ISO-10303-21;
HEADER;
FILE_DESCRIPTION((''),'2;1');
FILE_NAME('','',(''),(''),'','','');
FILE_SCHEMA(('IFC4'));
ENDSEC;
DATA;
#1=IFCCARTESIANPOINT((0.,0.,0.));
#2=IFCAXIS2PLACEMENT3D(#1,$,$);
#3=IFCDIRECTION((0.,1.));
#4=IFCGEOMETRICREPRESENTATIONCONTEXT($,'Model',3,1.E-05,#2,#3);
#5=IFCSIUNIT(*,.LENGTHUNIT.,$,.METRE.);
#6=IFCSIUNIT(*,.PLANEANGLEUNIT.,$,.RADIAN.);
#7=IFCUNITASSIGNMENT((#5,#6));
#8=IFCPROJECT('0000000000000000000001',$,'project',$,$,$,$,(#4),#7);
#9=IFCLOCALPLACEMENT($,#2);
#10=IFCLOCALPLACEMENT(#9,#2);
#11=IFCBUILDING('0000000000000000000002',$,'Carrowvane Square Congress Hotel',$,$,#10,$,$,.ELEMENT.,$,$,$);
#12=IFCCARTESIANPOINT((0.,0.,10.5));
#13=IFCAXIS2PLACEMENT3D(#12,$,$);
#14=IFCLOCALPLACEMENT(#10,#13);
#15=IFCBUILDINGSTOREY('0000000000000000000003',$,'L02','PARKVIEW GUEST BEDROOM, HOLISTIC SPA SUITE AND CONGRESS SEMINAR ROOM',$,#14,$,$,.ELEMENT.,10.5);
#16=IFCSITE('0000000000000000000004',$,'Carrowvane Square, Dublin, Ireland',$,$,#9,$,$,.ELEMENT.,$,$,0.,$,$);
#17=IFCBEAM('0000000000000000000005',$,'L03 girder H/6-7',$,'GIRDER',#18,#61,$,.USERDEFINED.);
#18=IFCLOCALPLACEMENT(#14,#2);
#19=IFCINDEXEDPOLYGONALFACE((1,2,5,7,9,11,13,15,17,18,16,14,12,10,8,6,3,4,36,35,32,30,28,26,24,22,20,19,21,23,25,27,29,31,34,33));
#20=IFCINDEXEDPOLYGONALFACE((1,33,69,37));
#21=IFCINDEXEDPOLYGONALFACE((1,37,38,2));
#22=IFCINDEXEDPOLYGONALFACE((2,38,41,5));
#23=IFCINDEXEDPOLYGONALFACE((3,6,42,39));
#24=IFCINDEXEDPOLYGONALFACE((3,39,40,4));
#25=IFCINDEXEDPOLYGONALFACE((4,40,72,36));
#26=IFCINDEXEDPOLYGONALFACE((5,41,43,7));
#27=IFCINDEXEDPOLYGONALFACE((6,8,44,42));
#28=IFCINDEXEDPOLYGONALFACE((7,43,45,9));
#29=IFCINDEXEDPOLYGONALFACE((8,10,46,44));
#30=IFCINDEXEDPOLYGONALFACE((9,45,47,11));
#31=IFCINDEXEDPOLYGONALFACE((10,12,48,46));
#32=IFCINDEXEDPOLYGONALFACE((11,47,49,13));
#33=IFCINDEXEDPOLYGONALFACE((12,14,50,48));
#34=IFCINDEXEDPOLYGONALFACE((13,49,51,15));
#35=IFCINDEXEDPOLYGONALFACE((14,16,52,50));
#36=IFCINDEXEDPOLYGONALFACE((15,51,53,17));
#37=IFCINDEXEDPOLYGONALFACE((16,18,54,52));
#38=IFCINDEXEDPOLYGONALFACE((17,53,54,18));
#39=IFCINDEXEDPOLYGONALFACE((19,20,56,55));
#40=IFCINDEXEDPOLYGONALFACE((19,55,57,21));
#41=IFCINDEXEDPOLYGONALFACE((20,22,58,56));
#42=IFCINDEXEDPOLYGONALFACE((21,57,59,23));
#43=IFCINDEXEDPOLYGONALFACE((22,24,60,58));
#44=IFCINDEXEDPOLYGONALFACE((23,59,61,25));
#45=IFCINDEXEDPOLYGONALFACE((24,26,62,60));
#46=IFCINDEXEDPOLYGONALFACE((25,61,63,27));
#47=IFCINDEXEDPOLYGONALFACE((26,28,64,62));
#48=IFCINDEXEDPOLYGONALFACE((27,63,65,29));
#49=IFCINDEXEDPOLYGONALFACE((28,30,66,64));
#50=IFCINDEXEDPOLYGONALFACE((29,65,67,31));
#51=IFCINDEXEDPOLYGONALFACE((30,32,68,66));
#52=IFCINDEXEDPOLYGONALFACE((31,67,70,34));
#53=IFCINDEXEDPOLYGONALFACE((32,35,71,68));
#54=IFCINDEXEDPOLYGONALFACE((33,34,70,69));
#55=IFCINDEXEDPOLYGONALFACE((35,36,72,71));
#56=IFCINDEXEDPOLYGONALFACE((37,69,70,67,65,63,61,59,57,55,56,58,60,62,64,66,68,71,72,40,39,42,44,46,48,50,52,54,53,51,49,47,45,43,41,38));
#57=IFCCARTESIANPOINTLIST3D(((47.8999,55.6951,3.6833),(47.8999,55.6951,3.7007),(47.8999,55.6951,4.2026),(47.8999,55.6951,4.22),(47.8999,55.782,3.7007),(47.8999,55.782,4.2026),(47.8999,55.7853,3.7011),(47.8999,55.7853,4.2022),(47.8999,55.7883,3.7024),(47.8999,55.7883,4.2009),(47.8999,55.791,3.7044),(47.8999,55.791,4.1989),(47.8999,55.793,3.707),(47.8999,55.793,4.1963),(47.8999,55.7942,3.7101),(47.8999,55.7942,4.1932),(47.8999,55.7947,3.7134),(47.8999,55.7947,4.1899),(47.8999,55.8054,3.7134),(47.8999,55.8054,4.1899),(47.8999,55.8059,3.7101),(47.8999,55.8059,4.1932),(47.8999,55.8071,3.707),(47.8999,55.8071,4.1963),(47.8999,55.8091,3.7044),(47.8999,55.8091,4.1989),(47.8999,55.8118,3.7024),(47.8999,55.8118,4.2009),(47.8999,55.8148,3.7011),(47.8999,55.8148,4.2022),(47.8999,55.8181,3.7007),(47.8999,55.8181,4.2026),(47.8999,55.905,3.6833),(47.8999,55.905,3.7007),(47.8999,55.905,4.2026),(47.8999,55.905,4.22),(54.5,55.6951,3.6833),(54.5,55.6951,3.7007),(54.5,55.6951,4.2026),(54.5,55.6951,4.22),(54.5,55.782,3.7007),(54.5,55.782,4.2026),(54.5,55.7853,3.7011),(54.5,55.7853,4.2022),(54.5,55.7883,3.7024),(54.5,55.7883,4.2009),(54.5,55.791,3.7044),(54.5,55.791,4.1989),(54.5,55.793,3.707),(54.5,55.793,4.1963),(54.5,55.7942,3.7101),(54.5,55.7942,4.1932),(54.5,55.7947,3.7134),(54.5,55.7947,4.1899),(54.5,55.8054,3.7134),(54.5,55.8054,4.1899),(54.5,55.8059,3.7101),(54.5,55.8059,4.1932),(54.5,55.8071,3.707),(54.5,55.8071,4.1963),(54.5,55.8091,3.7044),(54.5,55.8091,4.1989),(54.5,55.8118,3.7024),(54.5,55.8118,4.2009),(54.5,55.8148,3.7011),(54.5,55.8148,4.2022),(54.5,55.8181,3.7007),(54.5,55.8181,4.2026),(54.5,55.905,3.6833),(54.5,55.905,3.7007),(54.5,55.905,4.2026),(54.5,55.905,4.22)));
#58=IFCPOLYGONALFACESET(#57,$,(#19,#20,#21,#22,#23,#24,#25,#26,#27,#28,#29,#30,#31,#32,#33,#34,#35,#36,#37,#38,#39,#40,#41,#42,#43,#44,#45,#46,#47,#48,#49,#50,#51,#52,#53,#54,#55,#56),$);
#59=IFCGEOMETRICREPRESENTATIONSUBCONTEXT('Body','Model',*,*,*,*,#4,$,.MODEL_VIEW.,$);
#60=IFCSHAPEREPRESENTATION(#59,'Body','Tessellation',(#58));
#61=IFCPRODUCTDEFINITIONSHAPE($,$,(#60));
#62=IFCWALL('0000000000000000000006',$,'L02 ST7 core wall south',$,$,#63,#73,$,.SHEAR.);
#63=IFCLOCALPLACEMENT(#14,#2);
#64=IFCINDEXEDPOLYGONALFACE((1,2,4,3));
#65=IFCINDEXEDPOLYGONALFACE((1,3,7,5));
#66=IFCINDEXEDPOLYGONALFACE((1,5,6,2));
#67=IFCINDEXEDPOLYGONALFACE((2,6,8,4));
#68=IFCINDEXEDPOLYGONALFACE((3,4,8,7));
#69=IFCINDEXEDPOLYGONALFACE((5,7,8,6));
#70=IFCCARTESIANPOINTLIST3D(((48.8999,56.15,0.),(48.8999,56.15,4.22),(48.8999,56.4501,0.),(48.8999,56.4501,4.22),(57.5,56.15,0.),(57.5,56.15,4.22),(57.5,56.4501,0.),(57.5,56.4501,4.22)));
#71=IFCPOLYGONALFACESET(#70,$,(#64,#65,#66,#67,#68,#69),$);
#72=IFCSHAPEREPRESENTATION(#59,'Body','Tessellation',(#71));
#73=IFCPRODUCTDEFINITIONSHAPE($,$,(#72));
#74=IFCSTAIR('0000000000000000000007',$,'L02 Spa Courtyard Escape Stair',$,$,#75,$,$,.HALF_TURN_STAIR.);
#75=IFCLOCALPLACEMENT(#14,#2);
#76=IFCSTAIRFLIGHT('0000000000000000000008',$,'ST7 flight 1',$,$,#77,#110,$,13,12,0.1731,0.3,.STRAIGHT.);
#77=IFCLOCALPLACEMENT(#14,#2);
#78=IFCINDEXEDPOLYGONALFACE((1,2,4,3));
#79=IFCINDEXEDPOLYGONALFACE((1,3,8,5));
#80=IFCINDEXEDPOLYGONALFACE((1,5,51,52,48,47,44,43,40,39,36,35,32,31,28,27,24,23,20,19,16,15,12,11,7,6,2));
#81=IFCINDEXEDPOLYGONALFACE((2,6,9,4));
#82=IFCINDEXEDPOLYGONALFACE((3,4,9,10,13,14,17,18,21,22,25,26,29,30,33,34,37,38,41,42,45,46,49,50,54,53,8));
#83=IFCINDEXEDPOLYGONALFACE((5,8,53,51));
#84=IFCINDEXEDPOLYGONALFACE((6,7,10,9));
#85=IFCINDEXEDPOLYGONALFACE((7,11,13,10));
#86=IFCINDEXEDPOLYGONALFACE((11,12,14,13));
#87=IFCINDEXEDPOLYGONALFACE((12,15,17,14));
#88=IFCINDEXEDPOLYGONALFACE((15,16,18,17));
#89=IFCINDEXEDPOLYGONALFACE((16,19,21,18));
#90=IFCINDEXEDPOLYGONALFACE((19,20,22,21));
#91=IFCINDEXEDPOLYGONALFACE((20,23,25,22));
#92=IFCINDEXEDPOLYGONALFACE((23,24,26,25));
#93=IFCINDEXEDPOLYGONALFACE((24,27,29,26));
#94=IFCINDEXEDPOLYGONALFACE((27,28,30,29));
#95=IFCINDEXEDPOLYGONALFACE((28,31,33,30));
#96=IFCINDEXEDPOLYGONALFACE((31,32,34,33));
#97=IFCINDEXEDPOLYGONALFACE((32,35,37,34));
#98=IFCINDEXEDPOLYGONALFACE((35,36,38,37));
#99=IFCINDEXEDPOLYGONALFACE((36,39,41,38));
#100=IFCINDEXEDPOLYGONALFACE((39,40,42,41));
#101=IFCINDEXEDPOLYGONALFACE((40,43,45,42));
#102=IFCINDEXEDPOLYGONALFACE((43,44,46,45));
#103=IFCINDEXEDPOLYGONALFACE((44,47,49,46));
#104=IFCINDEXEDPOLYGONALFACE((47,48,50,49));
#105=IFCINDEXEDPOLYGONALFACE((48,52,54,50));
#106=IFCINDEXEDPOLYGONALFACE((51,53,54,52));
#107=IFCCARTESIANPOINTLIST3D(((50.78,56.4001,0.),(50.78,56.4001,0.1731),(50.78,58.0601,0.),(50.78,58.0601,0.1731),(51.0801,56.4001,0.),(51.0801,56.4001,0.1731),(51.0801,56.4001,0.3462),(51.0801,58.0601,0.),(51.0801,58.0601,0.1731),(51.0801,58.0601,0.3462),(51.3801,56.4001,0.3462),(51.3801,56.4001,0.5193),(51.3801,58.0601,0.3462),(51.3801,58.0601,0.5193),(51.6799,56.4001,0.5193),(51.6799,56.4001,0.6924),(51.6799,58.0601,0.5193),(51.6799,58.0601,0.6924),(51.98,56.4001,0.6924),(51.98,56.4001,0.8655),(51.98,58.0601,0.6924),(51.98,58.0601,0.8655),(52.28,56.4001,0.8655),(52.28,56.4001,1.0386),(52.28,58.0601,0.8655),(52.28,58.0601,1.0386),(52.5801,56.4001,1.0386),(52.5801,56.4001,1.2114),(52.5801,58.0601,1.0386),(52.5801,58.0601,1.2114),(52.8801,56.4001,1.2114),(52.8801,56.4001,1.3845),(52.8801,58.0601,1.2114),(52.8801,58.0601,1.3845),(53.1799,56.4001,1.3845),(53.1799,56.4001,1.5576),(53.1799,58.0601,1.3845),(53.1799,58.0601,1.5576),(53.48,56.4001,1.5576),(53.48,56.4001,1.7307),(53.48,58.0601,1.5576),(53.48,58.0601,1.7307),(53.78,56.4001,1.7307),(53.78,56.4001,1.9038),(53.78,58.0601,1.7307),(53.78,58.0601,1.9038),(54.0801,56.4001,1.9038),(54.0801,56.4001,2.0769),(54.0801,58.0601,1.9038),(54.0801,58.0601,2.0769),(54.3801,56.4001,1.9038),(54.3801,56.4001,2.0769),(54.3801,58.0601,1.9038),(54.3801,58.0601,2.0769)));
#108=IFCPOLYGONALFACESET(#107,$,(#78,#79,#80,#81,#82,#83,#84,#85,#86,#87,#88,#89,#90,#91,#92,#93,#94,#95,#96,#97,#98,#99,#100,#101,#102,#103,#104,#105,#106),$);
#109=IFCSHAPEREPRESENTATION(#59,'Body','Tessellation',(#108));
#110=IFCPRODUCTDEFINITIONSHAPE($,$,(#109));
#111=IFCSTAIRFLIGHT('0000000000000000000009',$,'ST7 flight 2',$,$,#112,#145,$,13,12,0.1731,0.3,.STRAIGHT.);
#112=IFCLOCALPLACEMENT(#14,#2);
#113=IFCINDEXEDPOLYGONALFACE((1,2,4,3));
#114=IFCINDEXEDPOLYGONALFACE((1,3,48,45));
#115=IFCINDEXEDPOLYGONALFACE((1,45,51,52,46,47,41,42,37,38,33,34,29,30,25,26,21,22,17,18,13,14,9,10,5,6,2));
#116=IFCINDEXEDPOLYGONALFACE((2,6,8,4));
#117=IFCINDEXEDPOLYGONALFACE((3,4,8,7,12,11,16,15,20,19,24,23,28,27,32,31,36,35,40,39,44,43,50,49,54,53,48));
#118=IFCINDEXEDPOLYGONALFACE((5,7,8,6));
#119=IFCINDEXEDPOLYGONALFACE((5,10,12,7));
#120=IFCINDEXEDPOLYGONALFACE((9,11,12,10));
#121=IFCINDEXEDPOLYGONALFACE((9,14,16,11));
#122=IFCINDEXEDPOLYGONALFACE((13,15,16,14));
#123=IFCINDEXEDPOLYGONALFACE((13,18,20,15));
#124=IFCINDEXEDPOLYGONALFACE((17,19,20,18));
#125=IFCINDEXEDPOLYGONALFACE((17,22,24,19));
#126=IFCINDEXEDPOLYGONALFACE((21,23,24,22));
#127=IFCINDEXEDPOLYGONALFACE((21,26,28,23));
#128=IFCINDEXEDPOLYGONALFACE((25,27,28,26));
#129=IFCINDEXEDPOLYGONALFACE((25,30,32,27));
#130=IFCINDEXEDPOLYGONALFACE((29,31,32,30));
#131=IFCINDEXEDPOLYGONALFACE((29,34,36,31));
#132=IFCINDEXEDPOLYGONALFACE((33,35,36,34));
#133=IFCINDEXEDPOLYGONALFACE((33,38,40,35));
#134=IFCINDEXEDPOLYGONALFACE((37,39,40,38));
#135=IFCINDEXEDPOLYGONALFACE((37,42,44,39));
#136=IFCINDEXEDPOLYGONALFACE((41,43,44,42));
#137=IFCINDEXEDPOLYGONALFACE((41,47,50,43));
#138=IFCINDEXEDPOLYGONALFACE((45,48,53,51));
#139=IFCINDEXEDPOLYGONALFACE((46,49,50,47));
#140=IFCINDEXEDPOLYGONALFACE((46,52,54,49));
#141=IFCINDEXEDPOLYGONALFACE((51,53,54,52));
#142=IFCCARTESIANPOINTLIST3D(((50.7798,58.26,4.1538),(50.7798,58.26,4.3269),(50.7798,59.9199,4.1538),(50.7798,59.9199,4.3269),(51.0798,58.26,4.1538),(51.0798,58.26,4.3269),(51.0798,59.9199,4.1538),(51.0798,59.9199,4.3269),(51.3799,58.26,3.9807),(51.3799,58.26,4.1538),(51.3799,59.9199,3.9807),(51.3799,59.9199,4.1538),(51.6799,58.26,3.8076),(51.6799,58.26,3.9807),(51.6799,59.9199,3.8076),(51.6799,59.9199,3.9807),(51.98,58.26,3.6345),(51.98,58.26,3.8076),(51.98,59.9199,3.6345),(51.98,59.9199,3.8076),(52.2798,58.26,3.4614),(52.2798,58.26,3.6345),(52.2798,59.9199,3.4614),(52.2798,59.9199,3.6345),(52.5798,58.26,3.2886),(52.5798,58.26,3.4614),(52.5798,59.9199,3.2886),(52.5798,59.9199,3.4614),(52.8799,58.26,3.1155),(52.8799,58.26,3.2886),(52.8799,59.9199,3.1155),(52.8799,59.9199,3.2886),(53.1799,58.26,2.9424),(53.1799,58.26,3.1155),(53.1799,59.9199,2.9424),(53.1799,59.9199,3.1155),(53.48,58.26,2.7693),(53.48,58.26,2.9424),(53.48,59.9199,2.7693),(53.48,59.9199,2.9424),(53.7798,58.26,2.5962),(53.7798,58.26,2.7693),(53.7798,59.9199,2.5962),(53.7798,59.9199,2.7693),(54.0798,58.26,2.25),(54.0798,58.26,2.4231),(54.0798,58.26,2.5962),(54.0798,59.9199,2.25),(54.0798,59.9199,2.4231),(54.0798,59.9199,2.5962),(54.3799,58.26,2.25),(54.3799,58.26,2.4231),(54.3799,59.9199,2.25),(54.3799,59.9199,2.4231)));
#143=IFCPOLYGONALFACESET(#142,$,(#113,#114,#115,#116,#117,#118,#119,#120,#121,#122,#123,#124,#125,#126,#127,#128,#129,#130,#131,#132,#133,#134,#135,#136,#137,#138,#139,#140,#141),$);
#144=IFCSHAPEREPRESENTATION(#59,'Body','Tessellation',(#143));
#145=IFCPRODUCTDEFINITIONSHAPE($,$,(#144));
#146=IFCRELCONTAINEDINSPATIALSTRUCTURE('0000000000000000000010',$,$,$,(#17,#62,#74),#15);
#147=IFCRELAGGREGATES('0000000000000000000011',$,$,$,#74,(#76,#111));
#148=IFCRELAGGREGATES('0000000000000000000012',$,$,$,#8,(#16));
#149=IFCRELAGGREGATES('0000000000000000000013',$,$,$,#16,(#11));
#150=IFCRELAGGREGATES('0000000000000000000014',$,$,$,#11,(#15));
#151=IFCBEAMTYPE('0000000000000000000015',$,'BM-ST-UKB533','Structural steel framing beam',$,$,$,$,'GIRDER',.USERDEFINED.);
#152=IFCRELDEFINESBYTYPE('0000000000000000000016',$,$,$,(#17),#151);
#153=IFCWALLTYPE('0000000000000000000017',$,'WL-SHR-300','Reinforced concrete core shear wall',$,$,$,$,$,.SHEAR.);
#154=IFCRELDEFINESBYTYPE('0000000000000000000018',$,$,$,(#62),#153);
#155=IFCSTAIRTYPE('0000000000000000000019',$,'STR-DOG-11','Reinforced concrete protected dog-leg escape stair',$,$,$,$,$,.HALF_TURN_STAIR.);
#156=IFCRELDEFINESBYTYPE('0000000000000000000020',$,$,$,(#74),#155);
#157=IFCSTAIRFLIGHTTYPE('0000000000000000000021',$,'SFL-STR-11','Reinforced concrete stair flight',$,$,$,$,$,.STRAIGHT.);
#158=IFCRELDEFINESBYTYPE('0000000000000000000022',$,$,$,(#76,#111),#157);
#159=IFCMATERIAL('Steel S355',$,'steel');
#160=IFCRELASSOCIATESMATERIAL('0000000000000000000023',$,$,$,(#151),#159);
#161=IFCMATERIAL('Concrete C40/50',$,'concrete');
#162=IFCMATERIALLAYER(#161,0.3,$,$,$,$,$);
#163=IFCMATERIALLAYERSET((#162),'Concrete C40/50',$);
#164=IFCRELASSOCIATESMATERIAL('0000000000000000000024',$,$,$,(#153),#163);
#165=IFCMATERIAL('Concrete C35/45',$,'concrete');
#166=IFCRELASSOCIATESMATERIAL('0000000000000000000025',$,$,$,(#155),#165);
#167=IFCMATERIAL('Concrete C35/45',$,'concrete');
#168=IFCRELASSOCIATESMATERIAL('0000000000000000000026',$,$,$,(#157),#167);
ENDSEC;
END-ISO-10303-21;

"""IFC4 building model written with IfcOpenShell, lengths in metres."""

from ifc_helpers import new_model, si_unit, direction, frame, frame_2d, origin, origin_2d, place, context, subcontext, project, spatial, polyline, rectangle, i_section, outline, extrude, material, layer, layer_set, material_profile, profile_set, type_object, element, aggregate, save


model = new_model("IFC4")

# Units and contexts
model_context = context("Model", 3, precision=1e-05, world=origin(), true_north=direction((0.0, 1.0)))
body_context = subcontext(model_context, "Body", "Model", "MODEL_VIEW")
ifc_project = project(units=[si_unit("LENGTHUNIT", "METRE"), si_unit("PLANEANGLEUNIT", "RADIAN")], contexts=[model_context])

# Site, building, storey
site_placement = place(None, origin())
site = spatial("IfcSite", under=ifc_project, at=site_placement, Name="Carrowvane Square, Dublin, Ireland", CompositionType="ELEMENT", RefElevation=0.0)
building_placement = place(site_placement, origin())
building = spatial("IfcBuilding", under=site, at=building_placement, Name="Carrowvane Square Congress Hotel", CompositionType="ELEMENT")
storey_placement = place(building_placement, frame((0.0, 0.0, 10.5)))
storey = spatial("IfcBuildingStorey", under=building, at=storey_placement, Name="L02", Description="PARKVIEW GUEST BEDROOM, HOLISTIC SPA SUITE AND CONGRESS SEMINAR ROOM", CompositionType="ELEMENT", Elevation=10.5)

# Beam
ifc_material_1 = material(Name="Steel S355", Category="steel")
ifc_material_profile_1 = material_profile(ifc_material_1, i_section(OverallWidth=0.21, OverallDepth=0.5366, WebThickness=0.0107, FlangeThickness=0.0173, FilletRadius=0.0127, at=origin_2d()), Name="UKB 533x210x101")
ifc_profile_set_1 = profile_set([ifc_material_profile_1], Name="Steel S355")
beam_type_1 = type_object("IfcBeamType", Name="BM-ST-UKB533", Description="Structural steel framing beam", ElementType="GIRDER", PredefinedType="USERDEFINED", material=ifc_profile_set_1)
for number, where, z_axis, x_axis, name in (
    (1, (47.8999, 55.8, 3.9517), (1.0, 0.0, 0.0), (0.0, 1.0, 0.0), "L03 girder H/6-7"),
):
    element("IfcBeam", number, at=place(storey_placement, frame(where, z_axis=z_axis, x_axis=x_axis)), inside=storey, type_object=beam_type_1, Name=name, ObjectType="GIRDER", PredefinedType="USERDEFINED", context=body_context, shape_type="SweptSolid", body=[
        extrude(i_section(OverallWidth=0.21, OverallDepth=0.5366, WebThickness=0.0107, FlangeThickness=0.0173, FilletRadius=0.0127, at=origin_2d()), origin(), (0.0, 0.0, 1.0), 6.6001),
    ])

# Wall
ifc_material_2 = material(Name="Concrete C40/50", Category="concrete")
ifc_layer_1 = layer(ifc_material_2, 0.3)
ifc_layer_set_1 = layer_set([ifc_layer_1], Name="Concrete C40/50")
wall_type = type_object("IfcWallType", Name="WL-SHR-300", Description="Reinforced concrete core shear wall", PredefinedType="SHEAR", material=ifc_layer_set_1)
wall_placement = place(storey_placement, frame((48.8999, 56.3, 0.0), z_axis=(0.0, 0.0, 1.0), x_axis=(1.0, 0.0, 0.0)))
element("IfcWall", 2, at=wall_placement, inside=storey, type_object=wall_type, Name="L02 ST7 core wall south", PredefinedType="SHEAR", context=body_context, shape_type="SweptSolid", body=[
    extrude(rectangle(XDim=8.6001, YDim=0.3, at=frame_2d((4.3, 0.0))), origin(), (0.0, 0.0, 1.0), 4.22),
])

# Stair, stair flights
ifc_material_3 = material(Name="Concrete C35/45", Category="concrete")
stair_type = type_object("IfcStairType", Name="STR-DOG-11", Description="Reinforced concrete protected dog-leg escape stair", PredefinedType="HALF_TURN_STAIR", material=ifc_material_3)
stair_placement = place(storey_placement, origin())
stair = element("IfcStair", 3, at=stair_placement, inside=storey, type_object=stair_type, Name="L02 Spa Courtyard Escape Stair", PredefinedType="HALF_TURN_STAIR")
ifc_material_4 = material(Name="Concrete C35/45", Category="concrete")
stair_flight_type = type_object("IfcStairFlightType", Name="SFL-STR-11", Description="Reinforced concrete stair flight", PredefinedType="STRAIGHT", material=ifc_material_4)
stair_flight_1_placement = place(storey_placement, frame((50.78, 57.23, 0.0), z_axis=(0.0, 0.0, 1.0), x_axis=(1.0, 0.0, 0.0)))
stair_flight_1 = element("IfcStairFlight", 4, at=stair_flight_1_placement, type_object=stair_flight_type, Name="ST7 flight 1", NumberOfRisers=13, NumberOfTreads=12, PredefinedType="STRAIGHT", RiserHeight=0.1731, TreadLength=0.3, context=body_context, shape_type="SweptSolid", body=[
    extrude(outline(polyline([(0.0, 0.0), (0.0, 0.1731), (0.3, 0.1731), (0.3, 0.3462), (0.6001, 0.3462), (0.6001, 0.5193), (0.8999, 0.5193), (0.8999, 0.6924), (1.2, 0.6924), (1.2, 0.8655), (1.5, 0.8655), (1.5, 1.0386), (1.8, 1.0386), (1.8, 1.2114), (2.1001, 1.2114), (2.1001, 1.3845), (2.3999, 1.3845), (2.3999, 1.5576), (2.7, 1.5576), (2.7, 1.7307), (3.0, 1.7307), (3.0, 1.9038), (3.3, 1.9038), (3.3, 2.0769), (3.6001, 2.0769), (3.6001, 2.25), (3.6001, 1.9038), (0.3, 0.0), (0.0, 0.0)])), frame((0.0, 0.8301, 0.0), z_axis=(0.0, -1.0, 0.0), x_axis=(1.0, 0.0, 0.0)), (0.0, 0.0, 1.0), 1.6599),
])
stair_flight_2_placement = place(storey_placement, frame((54.3799, 59.0901, 2.25), z_axis=(0.0, 0.0, 1.0), x_axis=(-1.0, 0.0, 0.0)))
stair_flight_2 = element("IfcStairFlight", 5, at=stair_flight_2_placement, type_object=stair_flight_type, Name="ST7 flight 2", NumberOfRisers=13, NumberOfTreads=12, PredefinedType="STRAIGHT", RiserHeight=0.1731, TreadLength=0.3, context=body_context, shape_type="SweptSolid", body=[
    extrude(outline(polyline([(0.0, 0.0), (0.0, 0.1731), (0.3, 0.1731), (0.3, 0.3462), (0.6001, 0.3462), (0.6001, 0.5193), (0.8999, 0.5193), (0.8999, 0.6924), (1.2, 0.6924), (1.2, 0.8655), (1.5, 0.8655), (1.5, 1.0386), (1.8, 1.0386), (1.8, 1.2114), (2.1001, 1.2114), (2.1001, 1.3845), (2.3999, 1.3845), (2.3999, 1.5576), (2.7, 1.5576), (2.7, 1.7307), (3.0, 1.7307), (3.0, 1.9038), (3.3, 1.9038), (3.3, 2.0769), (3.6001, 2.0769), (3.6001, 2.25), (3.6001, 1.9038), (0.3, 0.0), (0.0, 0.0)])), frame((0.0, 0.8301, 0.0), z_axis=(0.0, -1.0, 0.0), x_axis=(1.0, 0.0, 0.0)), (0.0, 0.0, 1.0), 1.6599),
])
aggregate(stair, [stair_flight_1, stair_flight_2])

save(model, "model.ifc")
